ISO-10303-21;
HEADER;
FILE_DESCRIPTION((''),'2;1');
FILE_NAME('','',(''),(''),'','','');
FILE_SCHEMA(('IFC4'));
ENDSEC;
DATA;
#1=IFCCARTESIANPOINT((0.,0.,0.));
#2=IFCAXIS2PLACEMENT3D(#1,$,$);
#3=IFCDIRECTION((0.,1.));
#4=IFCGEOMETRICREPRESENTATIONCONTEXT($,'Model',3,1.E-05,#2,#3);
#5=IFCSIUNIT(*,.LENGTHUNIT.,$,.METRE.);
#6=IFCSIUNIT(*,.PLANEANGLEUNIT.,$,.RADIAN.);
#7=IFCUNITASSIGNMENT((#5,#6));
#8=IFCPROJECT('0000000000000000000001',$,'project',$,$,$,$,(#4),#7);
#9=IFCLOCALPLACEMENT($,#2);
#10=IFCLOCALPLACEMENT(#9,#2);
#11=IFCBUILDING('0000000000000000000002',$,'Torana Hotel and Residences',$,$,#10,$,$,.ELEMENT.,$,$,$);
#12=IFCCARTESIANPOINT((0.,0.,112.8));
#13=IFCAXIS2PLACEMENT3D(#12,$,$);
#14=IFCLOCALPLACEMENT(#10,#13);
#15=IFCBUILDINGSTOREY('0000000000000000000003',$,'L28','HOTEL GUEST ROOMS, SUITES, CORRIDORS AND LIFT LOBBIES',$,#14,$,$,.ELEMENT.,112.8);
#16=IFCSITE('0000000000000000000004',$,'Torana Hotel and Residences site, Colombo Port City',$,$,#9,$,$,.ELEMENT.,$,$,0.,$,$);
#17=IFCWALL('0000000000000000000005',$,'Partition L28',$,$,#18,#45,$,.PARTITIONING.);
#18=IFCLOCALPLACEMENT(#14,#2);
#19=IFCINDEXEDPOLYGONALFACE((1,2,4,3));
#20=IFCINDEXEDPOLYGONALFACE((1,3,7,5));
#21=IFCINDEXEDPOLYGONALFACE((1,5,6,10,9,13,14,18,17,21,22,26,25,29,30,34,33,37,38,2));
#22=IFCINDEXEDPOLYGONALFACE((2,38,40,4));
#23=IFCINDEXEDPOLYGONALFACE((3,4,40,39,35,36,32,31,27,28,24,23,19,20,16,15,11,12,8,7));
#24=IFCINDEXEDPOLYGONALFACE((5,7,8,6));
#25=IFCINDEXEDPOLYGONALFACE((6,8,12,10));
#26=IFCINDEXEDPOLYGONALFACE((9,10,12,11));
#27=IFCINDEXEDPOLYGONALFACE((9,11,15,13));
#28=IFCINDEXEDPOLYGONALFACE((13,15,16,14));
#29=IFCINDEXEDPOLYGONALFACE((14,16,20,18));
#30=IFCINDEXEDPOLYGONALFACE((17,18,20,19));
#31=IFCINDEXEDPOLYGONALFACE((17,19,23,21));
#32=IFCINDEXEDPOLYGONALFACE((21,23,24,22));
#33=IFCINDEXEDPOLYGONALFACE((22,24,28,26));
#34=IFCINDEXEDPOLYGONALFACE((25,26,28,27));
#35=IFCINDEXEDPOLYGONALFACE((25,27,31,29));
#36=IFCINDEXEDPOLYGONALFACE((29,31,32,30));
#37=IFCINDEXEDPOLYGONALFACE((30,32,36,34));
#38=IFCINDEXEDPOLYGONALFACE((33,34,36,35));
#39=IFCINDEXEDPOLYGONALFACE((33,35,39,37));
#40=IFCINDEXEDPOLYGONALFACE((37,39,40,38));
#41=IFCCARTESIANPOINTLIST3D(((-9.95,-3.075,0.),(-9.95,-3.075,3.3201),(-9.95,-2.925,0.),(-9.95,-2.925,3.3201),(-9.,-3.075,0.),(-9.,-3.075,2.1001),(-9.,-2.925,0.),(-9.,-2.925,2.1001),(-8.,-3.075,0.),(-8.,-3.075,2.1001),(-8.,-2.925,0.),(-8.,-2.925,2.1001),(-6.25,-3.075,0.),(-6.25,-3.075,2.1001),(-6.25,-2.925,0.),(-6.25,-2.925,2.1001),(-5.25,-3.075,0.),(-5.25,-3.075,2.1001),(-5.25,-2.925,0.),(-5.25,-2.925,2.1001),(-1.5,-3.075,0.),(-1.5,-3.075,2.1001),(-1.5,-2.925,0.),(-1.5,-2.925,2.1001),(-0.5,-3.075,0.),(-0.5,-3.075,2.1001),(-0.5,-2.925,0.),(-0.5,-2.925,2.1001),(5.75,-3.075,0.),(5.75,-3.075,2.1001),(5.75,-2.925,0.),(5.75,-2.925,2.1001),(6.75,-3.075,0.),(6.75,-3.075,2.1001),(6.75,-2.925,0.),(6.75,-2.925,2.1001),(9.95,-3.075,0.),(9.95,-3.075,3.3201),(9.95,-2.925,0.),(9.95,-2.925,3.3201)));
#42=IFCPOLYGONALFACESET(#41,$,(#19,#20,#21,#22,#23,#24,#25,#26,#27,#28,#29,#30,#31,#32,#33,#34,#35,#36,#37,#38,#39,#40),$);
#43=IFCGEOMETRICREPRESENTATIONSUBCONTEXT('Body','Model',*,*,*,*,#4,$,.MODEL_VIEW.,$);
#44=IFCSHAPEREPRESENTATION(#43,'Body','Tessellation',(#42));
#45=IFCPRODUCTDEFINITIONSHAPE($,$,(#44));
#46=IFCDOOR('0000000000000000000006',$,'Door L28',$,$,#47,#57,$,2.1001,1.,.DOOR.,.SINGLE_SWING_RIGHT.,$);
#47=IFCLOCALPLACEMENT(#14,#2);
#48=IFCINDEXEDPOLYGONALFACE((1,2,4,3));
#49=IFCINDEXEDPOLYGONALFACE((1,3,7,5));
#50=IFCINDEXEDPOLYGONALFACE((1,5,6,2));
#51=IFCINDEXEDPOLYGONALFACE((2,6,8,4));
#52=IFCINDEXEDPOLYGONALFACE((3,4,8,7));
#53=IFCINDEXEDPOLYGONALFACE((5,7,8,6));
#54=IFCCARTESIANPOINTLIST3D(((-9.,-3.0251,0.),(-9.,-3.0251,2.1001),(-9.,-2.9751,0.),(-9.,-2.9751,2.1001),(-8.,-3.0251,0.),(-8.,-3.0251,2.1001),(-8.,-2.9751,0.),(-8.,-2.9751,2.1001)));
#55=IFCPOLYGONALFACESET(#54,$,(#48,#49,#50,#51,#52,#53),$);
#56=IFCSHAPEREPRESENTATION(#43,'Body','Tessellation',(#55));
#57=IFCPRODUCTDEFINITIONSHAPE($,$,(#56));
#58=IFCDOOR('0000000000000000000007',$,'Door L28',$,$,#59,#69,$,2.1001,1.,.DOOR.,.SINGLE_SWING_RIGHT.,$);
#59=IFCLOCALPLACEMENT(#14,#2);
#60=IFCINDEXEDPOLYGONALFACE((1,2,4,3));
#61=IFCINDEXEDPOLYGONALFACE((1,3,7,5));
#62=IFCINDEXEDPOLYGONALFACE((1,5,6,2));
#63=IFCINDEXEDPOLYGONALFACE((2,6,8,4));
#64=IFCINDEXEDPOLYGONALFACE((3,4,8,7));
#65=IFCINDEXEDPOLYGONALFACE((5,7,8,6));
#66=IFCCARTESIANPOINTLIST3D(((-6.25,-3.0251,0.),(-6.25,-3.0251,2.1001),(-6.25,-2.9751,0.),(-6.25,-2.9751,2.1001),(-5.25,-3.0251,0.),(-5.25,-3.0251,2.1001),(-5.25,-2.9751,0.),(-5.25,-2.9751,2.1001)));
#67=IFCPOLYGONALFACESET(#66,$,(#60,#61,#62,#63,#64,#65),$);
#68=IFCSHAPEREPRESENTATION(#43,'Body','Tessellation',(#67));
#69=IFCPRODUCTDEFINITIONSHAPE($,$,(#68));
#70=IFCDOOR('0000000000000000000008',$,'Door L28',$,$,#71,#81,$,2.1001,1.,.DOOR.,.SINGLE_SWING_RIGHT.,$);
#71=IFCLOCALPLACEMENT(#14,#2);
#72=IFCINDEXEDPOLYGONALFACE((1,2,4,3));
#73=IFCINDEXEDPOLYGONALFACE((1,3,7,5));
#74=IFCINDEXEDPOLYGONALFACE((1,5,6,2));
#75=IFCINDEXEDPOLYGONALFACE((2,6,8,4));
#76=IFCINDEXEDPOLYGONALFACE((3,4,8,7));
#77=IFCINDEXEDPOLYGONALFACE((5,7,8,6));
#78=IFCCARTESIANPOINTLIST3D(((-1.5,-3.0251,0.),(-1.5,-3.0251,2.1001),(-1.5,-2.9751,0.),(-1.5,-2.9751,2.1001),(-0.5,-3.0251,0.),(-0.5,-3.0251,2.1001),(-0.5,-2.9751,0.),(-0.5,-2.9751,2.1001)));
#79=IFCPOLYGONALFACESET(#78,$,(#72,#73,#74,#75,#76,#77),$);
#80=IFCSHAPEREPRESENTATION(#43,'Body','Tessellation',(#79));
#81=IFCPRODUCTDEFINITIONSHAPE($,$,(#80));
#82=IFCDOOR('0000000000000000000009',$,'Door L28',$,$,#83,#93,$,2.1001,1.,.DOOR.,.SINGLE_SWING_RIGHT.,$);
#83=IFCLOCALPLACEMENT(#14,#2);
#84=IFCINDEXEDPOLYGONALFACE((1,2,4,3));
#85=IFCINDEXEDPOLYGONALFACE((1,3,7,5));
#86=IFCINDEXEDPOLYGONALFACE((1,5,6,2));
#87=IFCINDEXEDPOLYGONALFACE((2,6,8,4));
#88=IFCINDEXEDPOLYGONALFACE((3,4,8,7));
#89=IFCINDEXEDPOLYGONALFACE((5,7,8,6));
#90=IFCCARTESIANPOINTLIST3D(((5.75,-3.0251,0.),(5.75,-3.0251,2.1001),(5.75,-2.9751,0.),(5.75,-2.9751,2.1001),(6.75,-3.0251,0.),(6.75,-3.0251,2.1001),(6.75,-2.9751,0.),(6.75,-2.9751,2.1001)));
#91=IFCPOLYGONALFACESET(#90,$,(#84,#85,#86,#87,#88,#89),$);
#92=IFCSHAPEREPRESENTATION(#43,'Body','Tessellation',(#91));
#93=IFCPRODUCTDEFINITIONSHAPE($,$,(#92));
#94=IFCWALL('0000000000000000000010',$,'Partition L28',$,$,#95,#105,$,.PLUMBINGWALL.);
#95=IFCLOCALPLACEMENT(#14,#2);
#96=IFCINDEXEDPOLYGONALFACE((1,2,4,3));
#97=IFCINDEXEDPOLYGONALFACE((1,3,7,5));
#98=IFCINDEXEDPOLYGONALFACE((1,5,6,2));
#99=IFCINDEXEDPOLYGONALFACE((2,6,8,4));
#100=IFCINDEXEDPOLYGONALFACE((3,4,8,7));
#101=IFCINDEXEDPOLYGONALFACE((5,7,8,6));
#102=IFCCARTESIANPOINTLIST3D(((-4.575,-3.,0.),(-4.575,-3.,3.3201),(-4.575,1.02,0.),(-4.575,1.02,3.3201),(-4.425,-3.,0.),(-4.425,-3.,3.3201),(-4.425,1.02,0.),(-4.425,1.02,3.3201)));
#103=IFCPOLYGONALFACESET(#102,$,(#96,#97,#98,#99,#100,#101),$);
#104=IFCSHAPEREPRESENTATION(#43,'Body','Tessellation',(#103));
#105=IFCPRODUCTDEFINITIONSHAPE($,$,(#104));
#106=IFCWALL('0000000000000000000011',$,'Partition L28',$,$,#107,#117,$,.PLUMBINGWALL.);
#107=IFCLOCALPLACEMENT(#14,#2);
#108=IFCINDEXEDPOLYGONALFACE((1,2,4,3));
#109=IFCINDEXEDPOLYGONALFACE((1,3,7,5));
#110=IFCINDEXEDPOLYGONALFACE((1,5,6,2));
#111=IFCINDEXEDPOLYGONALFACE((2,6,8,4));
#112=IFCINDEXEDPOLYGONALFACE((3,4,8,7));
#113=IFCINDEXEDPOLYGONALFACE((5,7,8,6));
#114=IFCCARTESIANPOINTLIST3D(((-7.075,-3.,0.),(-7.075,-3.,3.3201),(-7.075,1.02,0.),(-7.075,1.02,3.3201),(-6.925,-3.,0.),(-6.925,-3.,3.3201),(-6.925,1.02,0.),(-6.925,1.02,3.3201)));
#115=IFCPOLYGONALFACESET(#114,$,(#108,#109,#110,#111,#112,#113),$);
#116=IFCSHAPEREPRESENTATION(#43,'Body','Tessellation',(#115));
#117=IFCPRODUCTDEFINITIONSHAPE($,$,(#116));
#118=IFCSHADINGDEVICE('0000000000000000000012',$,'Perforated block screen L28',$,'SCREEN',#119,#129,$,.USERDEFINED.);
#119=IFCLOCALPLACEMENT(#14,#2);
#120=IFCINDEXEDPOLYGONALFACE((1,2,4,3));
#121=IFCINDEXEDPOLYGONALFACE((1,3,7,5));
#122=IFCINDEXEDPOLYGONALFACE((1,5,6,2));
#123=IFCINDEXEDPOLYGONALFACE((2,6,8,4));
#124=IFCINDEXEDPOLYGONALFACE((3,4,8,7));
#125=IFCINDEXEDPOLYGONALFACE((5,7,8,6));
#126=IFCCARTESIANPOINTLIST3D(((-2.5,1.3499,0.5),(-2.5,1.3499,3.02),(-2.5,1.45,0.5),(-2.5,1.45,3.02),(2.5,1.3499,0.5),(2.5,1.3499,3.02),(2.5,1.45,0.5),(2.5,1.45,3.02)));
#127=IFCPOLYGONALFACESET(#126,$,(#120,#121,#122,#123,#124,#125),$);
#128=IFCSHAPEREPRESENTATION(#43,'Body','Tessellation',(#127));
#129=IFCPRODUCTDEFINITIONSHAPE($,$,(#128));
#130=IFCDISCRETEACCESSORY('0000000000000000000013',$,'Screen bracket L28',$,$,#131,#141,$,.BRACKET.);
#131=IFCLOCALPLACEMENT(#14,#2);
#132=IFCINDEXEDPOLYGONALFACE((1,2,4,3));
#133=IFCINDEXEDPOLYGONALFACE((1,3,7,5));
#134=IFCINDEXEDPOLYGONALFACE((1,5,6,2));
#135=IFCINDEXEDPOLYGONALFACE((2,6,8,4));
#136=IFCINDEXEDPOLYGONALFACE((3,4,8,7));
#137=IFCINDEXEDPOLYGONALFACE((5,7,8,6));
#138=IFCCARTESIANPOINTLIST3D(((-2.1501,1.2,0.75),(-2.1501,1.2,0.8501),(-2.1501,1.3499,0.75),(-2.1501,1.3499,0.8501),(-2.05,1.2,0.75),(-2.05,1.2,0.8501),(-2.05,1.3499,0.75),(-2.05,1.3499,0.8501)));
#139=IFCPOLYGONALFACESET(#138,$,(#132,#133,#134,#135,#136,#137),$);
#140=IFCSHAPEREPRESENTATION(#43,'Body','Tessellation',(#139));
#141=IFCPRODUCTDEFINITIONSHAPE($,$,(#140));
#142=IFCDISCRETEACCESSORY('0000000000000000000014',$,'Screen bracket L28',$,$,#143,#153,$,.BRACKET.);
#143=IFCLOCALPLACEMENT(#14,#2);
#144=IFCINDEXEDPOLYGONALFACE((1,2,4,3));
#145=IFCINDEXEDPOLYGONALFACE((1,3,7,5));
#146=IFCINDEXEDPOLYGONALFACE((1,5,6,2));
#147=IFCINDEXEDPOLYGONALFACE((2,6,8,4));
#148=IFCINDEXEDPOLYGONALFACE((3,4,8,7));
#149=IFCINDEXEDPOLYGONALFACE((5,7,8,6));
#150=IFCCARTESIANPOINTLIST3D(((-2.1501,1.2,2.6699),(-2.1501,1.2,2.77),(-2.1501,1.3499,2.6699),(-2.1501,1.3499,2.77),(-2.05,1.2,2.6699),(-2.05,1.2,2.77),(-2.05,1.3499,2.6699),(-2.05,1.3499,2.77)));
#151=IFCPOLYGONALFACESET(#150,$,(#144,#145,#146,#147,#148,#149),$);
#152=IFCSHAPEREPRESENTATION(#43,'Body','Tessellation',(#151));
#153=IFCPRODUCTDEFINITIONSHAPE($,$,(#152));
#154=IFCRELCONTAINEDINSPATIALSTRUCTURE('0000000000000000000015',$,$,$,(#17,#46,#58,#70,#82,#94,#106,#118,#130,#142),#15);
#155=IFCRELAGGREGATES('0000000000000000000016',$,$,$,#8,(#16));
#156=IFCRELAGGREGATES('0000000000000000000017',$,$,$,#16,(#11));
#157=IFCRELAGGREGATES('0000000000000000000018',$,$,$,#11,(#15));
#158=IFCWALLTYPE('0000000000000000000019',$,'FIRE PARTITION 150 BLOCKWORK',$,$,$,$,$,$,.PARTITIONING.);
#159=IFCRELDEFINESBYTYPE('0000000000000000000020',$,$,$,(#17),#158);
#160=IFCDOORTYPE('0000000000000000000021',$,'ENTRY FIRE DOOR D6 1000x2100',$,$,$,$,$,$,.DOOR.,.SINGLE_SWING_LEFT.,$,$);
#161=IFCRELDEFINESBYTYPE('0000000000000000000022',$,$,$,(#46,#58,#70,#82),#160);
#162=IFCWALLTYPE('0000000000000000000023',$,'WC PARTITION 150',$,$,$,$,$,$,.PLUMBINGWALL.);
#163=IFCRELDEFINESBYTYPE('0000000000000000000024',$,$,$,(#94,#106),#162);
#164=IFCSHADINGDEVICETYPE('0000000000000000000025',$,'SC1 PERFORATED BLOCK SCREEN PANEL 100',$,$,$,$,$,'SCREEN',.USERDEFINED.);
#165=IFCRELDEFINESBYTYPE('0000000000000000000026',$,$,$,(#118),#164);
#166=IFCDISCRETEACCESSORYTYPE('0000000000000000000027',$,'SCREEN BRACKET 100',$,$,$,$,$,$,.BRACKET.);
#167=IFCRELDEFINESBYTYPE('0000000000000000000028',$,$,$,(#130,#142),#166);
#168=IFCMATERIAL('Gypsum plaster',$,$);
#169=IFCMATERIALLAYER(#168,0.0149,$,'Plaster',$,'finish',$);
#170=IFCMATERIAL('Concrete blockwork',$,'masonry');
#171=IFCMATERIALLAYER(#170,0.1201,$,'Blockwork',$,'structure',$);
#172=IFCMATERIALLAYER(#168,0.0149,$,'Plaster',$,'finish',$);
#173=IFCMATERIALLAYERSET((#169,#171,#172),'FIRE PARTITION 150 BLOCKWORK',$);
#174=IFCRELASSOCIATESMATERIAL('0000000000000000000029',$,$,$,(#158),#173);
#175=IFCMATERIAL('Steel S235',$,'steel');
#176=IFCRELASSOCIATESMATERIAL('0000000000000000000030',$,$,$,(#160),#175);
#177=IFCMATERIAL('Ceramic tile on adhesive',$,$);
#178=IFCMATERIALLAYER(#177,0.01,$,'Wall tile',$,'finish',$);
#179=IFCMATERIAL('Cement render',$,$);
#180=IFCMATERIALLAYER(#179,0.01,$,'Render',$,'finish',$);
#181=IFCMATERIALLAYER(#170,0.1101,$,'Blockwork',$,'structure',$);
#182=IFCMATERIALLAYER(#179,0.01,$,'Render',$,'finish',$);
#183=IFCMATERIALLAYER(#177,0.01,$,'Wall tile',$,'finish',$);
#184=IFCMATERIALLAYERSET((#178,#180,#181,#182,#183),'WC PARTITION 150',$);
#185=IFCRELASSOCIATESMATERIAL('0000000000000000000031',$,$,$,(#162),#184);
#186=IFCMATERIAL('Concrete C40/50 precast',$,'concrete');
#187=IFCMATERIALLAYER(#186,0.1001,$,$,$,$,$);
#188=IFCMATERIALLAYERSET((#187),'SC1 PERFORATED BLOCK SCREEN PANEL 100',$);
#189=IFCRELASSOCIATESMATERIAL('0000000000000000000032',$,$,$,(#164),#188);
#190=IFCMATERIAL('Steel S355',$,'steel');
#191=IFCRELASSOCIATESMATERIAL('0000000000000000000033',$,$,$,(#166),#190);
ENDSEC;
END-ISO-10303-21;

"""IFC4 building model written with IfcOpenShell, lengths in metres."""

from ifc_helpers import new_model, si_unit, direction, frame, frame_2d, origin, origin_2d, place, context, subcontext, project, spatial, rectangle, extrude, material, layer, layer_set, type_object, element, fill, save


model = new_model("IFC4")

# Units and contexts
model_context = context("Model", 3, precision=1e-05, world=origin(), true_north=direction((0.0, 1.0)))
body_context = subcontext(model_context, "Body", "Model", "MODEL_VIEW")
ifc_project = project(units=[si_unit("LENGTHUNIT", "METRE"), si_unit("PLANEANGLEUNIT", "RADIAN")], contexts=[model_context])

# Site, building, storey
site_placement = place(None, origin())
site = spatial("IfcSite", under=ifc_project, at=site_placement, Name="Torana Hotel and Residences site, Colombo Port City", CompositionType="ELEMENT", RefElevation=0.0)
building_placement = place(site_placement, origin())
building = spatial("IfcBuilding", under=site, at=building_placement, Name="Torana Hotel and Residences", CompositionType="ELEMENT")
storey_placement = place(building_placement, frame((0.0, 0.0, 112.8)))
storey = spatial("IfcBuildingStorey", under=building, at=storey_placement, Name="L28", Description="HOTEL GUEST ROOMS, SUITES, CORRIDORS AND LIFT LOBBIES", CompositionType="ELEMENT", Elevation=112.8)

# Shared definitions
ifc_material_1 = material(Name="Gypsum plaster")
ifc_layer_1 = layer(ifc_material_1, 0.0149, Name="Plaster", Category="finish")
ifc_material_2 = material(Name="Concrete blockwork", Category="masonry")
ifc_layer_2 = layer(ifc_material_2, 0.1201, Name="Blockwork", Category="structure")
ifc_layer_3 = layer(ifc_material_1, 0.0149, Name="Plaster", Category="finish")
ifc_layer_set_1 = layer_set([ifc_layer_1, ifc_layer_2, ifc_layer_3], Name="FIRE PARTITION 150 BLOCKWORK")
wall_type_1 = type_object("IfcWallType", Name="FIRE PARTITION 150 BLOCKWORK", PredefinedType="PARTITIONING", material=ifc_layer_set_1)

# Wall, openings, doors
ifc_material_3 = material(Name="Steel S235", Category="steel")
door_type = type_object("IfcDoorType", Name="ENTRY FIRE DOOR D6 1000x2100", OperationType="SINGLE_SWING_LEFT", PredefinedType="DOOR", material=ifc_material_3)
wall_1_placement = place(storey_placement, frame((-9.95, -3.0, 0.0), z_axis=(0.0, 0.0, 1.0), x_axis=(1.0, 0.0, 0.0)))
wall_1 = element("IfcWall", 1, at=wall_1_placement, inside=storey, type_object=wall_type_1, Name="Partition L28", PredefinedType="PARTITIONING", context=body_context, shape_type="SweptSolid", body=[
    extrude(rectangle(XDim=19.8999, YDim=0.1499, at=frame_2d((9.95, 0.0))), origin(), (0.0, 0.0, 1.0), 3.3201),
])
opening_1_placement = place(wall_1_placement, frame((0.95, 0.0, 0.0)))
opening_1 = element("IfcOpeningElement", 2, at=opening_1_placement, cuts=wall_1, PredefinedType="OPENING", context=body_context, shape_type="SweptSolid", body=[
    extrude(rectangle(XDim=1.0, YDim=2.1001, at=frame_2d((0.5, 1.05))), frame((0.0, 0.085, 0.0), z_axis=(0.0, -1.0, 0.0), x_axis=(1.0, 0.0, 0.0)), (0.0, 0.0, 1.0), 0.1699),
])
opening_2_placement = place(wall_1_placement, frame((3.7, 0.0, 0.0)))
opening_2 = element("IfcOpeningElement", 3, at=opening_2_placement, cuts=wall_1, PredefinedType="OPENING", context=body_context, shape_type="SweptSolid", body=[
    extrude(rectangle(XDim=1.0, YDim=2.1001, at=frame_2d((0.5, 1.05))), frame((0.0, 0.085, 0.0), z_axis=(0.0, -1.0, 0.0), x_axis=(1.0, 0.0, 0.0)), (0.0, 0.0, 1.0), 0.1699),
])
opening_3_placement = place(wall_1_placement, frame((8.45, 0.0, 0.0)))
opening_3 = element("IfcOpeningElement", 4, at=opening_3_placement, cuts=wall_1, PredefinedType="OPENING", context=body_context, shape_type="SweptSolid", body=[
    extrude(rectangle(XDim=1.0, YDim=2.1001, at=frame_2d((0.5, 1.05))), frame((0.0, 0.085, 0.0), z_axis=(0.0, -1.0, 0.0), x_axis=(1.0, 0.0, 0.0)), (0.0, 0.0, 1.0), 0.1699),
])
opening_4_placement = place(wall_1_placement, frame((15.7, 0.0, 0.0)))
opening_4 = element("IfcOpeningElement", 5, at=opening_4_placement, cuts=wall_1, PredefinedType="OPENING", context=body_context, shape_type="SweptSolid", body=[
    extrude(rectangle(XDim=1.0, YDim=2.1001, at=frame_2d((0.5, 1.05))), frame((0.0, 0.085, 0.0), z_axis=(0.0, -1.0, 0.0), x_axis=(1.0, 0.0, 0.0)), (0.0, 0.0, 1.0), 0.1699),
])
door_1_placement = place(opening_1_placement, origin())
door_1 = element("IfcDoor", 6, at=door_1_placement, inside=storey, type_object=door_type, Name="Door L28", OperationType="SINGLE_SWING_RIGHT", OverallHeight=2.1001, OverallWidth=1.0, PredefinedType="DOOR", context=body_context, shape_type="SweptSolid", body=[
    extrude(rectangle(XDim=1.0, YDim=2.1001, at=frame_2d((0.5, 1.05))), frame((0.0, 0.0249, 0.0), z_axis=(0.0, -1.0, 0.0), x_axis=(1.0, 0.0, 0.0)), (0.0, 0.0, 1.0), 0.05),
])
fill(opening_1, door_1)
door_2_placement = place(opening_2_placement, origin())
door_2 = element("IfcDoor", 7, at=door_2_placement, inside=storey, type_object=door_type, Name="Door L28", OperationType="SINGLE_SWING_RIGHT", OverallHeight=2.1001, OverallWidth=1.0, PredefinedType="DOOR", context=body_context, shape_type="SweptSolid", body=[
    extrude(rectangle(XDim=1.0, YDim=2.1001, at=frame_2d((0.5, 1.05))), frame((0.0, 0.0249, 0.0), z_axis=(0.0, -1.0, 0.0), x_axis=(1.0, 0.0, 0.0)), (0.0, 0.0, 1.0), 0.05),
])
fill(opening_2, door_2)
door_3_placement = place(opening_3_placement, origin())
door_3 = element("IfcDoor", 8, at=door_3_placement, inside=storey, type_object=door_type, Name="Door L28", OperationType="SINGLE_SWING_RIGHT", OverallHeight=2.1001, OverallWidth=1.0, PredefinedType="DOOR", context=body_context, shape_type="SweptSolid", body=[
    extrude(rectangle(XDim=1.0, YDim=2.1001, at=frame_2d((0.5, 1.05))), frame((0.0, 0.0249, 0.0), z_axis=(0.0, -1.0, 0.0), x_axis=(1.0, 0.0, 0.0)), (0.0, 0.0, 1.0), 0.05),
])
fill(opening_3, door_3)
door_4_placement = place(opening_4_placement, origin())
door_4 = element("IfcDoor", 9, at=door_4_placement, inside=storey, type_object=door_type, Name="Door L28", OperationType="SINGLE_SWING_RIGHT", OverallHeight=2.1001, OverallWidth=1.0, PredefinedType="DOOR", context=body_context, shape_type="SweptSolid", body=[
    extrude(rectangle(XDim=1.0, YDim=2.1001, at=frame_2d((0.5, 1.05))), frame((0.0, 0.0249, 0.0), z_axis=(0.0, -1.0, 0.0), x_axis=(1.0, 0.0, 0.0)), (0.0, 0.0, 1.0), 0.05),
])
fill(opening_4, door_4)

# Walls
ifc_material_4 = material(Name="Ceramic tile on adhesive")
ifc_layer_4 = layer(ifc_material_4, 0.01, Name="Wall tile", Category="finish")
ifc_material_5 = material(Name="Cement render")
ifc_layer_5 = layer(ifc_material_5, 0.01, Name="Render", Category="finish")
ifc_layer_6 = layer(ifc_material_2, 0.1101, Name="Blockwork", Category="structure")
ifc_layer_7 = layer(ifc_material_5, 0.01, Name="Render", Category="finish")
ifc_layer_8 = layer(ifc_material_4, 0.01, Name="Wall tile", Category="finish")
ifc_layer_set_2 = layer_set([ifc_layer_4, ifc_layer_5, ifc_layer_6, ifc_layer_7, ifc_layer_8], Name="WC PARTITION 150")
wall_type_2 = type_object("IfcWallType", Name="WC PARTITION 150", PredefinedType="PLUMBINGWALL", material=ifc_layer_set_2)
for number, where, z_axis, x_axis, name in (
    (10, (-4.5, -3.0, 0.0), (0.0, 0.0, 1.0), (0.0, 1.0, 0.0), "Partition L28"),
    (11, (-7.0, -3.0, 0.0), (0.0, 0.0, 1.0), (0.0, 1.0, 0.0), "Partition L28"),
):
    element("IfcWall", number, at=place(storey_placement, frame(where, z_axis=z_axis, x_axis=x_axis)), inside=storey, type_object=wall_type_2, Name=name, PredefinedType="PLUMBINGWALL", context=body_context, shape_type="SweptSolid", body=[
        extrude(rectangle(XDim=4.02, YDim=0.1499, at=frame_2d((2.01, 0.0))), origin(), (0.0, 0.0, 1.0), 3.3201),
    ])

# Shading device
ifc_material_6 = material(Name="Concrete C40/50 precast", Category="concrete")
ifc_layer_9 = layer(ifc_material_6, 0.1001)
ifc_layer_set_3 = layer_set([ifc_layer_9], Name="SC1 PERFORATED BLOCK SCREEN PANEL 100")
shading_device_type = type_object("IfcShadingDeviceType", Name="SC1 PERFORATED BLOCK SCREEN PANEL 100", ElementType="SCREEN", PredefinedType="USERDEFINED", material=ifc_layer_set_3)
shading_device_placement = place(storey_placement, frame((0.0, 1.3999, 0.5), z_axis=(0.0, 0.0, 1.0), x_axis=(-1.0, 0.0, 0.0)))
element("IfcShadingDevice", 12, at=shading_device_placement, inside=storey, type_object=shading_device_type, Name="Perforated block screen L28", ObjectType="SCREEN", PredefinedType="USERDEFINED", context=body_context, shape_type="SweptSolid", body=[
    extrude(rectangle(XDim=5.0, YDim=0.1001, at=origin_2d()), origin(), (0.0, 0.0, 1.0), 2.52),
])

# Discrete accessories
ifc_material_7 = material(Name="Steel S355", Category="steel")
discrete_accessory_type = type_object("IfcDiscreteAccessoryType", Name="SCREEN BRACKET 100", PredefinedType="BRACKET", material=ifc_material_7)
for number, where, z_axis, x_axis, name in (
    (13, (-2.1001, 1.2749, 0.75), (0.0, 0.0, 1.0), (-1.0, 0.0, 0.0), "Screen bracket L28"),
    (14, (-2.1001, 1.2749, 2.6699), (0.0, 0.0, 1.0), (-1.0, 0.0, 0.0), "Screen bracket L28"),
):
    element("IfcDiscreteAccessory", number, at=place(storey_placement, frame(where, z_axis=z_axis, x_axis=x_axis)), inside=storey, type_object=discrete_accessory_type, Name=name, PredefinedType="BRACKET", context=body_context, shape_type="SweptSolid", body=[
        extrude(rectangle(XDim=0.1001, YDim=0.1499, at=origin_2d()), origin(), (0.0, 0.0, 1.0), 0.1001),
    ])

save(model, "model.ifc")
